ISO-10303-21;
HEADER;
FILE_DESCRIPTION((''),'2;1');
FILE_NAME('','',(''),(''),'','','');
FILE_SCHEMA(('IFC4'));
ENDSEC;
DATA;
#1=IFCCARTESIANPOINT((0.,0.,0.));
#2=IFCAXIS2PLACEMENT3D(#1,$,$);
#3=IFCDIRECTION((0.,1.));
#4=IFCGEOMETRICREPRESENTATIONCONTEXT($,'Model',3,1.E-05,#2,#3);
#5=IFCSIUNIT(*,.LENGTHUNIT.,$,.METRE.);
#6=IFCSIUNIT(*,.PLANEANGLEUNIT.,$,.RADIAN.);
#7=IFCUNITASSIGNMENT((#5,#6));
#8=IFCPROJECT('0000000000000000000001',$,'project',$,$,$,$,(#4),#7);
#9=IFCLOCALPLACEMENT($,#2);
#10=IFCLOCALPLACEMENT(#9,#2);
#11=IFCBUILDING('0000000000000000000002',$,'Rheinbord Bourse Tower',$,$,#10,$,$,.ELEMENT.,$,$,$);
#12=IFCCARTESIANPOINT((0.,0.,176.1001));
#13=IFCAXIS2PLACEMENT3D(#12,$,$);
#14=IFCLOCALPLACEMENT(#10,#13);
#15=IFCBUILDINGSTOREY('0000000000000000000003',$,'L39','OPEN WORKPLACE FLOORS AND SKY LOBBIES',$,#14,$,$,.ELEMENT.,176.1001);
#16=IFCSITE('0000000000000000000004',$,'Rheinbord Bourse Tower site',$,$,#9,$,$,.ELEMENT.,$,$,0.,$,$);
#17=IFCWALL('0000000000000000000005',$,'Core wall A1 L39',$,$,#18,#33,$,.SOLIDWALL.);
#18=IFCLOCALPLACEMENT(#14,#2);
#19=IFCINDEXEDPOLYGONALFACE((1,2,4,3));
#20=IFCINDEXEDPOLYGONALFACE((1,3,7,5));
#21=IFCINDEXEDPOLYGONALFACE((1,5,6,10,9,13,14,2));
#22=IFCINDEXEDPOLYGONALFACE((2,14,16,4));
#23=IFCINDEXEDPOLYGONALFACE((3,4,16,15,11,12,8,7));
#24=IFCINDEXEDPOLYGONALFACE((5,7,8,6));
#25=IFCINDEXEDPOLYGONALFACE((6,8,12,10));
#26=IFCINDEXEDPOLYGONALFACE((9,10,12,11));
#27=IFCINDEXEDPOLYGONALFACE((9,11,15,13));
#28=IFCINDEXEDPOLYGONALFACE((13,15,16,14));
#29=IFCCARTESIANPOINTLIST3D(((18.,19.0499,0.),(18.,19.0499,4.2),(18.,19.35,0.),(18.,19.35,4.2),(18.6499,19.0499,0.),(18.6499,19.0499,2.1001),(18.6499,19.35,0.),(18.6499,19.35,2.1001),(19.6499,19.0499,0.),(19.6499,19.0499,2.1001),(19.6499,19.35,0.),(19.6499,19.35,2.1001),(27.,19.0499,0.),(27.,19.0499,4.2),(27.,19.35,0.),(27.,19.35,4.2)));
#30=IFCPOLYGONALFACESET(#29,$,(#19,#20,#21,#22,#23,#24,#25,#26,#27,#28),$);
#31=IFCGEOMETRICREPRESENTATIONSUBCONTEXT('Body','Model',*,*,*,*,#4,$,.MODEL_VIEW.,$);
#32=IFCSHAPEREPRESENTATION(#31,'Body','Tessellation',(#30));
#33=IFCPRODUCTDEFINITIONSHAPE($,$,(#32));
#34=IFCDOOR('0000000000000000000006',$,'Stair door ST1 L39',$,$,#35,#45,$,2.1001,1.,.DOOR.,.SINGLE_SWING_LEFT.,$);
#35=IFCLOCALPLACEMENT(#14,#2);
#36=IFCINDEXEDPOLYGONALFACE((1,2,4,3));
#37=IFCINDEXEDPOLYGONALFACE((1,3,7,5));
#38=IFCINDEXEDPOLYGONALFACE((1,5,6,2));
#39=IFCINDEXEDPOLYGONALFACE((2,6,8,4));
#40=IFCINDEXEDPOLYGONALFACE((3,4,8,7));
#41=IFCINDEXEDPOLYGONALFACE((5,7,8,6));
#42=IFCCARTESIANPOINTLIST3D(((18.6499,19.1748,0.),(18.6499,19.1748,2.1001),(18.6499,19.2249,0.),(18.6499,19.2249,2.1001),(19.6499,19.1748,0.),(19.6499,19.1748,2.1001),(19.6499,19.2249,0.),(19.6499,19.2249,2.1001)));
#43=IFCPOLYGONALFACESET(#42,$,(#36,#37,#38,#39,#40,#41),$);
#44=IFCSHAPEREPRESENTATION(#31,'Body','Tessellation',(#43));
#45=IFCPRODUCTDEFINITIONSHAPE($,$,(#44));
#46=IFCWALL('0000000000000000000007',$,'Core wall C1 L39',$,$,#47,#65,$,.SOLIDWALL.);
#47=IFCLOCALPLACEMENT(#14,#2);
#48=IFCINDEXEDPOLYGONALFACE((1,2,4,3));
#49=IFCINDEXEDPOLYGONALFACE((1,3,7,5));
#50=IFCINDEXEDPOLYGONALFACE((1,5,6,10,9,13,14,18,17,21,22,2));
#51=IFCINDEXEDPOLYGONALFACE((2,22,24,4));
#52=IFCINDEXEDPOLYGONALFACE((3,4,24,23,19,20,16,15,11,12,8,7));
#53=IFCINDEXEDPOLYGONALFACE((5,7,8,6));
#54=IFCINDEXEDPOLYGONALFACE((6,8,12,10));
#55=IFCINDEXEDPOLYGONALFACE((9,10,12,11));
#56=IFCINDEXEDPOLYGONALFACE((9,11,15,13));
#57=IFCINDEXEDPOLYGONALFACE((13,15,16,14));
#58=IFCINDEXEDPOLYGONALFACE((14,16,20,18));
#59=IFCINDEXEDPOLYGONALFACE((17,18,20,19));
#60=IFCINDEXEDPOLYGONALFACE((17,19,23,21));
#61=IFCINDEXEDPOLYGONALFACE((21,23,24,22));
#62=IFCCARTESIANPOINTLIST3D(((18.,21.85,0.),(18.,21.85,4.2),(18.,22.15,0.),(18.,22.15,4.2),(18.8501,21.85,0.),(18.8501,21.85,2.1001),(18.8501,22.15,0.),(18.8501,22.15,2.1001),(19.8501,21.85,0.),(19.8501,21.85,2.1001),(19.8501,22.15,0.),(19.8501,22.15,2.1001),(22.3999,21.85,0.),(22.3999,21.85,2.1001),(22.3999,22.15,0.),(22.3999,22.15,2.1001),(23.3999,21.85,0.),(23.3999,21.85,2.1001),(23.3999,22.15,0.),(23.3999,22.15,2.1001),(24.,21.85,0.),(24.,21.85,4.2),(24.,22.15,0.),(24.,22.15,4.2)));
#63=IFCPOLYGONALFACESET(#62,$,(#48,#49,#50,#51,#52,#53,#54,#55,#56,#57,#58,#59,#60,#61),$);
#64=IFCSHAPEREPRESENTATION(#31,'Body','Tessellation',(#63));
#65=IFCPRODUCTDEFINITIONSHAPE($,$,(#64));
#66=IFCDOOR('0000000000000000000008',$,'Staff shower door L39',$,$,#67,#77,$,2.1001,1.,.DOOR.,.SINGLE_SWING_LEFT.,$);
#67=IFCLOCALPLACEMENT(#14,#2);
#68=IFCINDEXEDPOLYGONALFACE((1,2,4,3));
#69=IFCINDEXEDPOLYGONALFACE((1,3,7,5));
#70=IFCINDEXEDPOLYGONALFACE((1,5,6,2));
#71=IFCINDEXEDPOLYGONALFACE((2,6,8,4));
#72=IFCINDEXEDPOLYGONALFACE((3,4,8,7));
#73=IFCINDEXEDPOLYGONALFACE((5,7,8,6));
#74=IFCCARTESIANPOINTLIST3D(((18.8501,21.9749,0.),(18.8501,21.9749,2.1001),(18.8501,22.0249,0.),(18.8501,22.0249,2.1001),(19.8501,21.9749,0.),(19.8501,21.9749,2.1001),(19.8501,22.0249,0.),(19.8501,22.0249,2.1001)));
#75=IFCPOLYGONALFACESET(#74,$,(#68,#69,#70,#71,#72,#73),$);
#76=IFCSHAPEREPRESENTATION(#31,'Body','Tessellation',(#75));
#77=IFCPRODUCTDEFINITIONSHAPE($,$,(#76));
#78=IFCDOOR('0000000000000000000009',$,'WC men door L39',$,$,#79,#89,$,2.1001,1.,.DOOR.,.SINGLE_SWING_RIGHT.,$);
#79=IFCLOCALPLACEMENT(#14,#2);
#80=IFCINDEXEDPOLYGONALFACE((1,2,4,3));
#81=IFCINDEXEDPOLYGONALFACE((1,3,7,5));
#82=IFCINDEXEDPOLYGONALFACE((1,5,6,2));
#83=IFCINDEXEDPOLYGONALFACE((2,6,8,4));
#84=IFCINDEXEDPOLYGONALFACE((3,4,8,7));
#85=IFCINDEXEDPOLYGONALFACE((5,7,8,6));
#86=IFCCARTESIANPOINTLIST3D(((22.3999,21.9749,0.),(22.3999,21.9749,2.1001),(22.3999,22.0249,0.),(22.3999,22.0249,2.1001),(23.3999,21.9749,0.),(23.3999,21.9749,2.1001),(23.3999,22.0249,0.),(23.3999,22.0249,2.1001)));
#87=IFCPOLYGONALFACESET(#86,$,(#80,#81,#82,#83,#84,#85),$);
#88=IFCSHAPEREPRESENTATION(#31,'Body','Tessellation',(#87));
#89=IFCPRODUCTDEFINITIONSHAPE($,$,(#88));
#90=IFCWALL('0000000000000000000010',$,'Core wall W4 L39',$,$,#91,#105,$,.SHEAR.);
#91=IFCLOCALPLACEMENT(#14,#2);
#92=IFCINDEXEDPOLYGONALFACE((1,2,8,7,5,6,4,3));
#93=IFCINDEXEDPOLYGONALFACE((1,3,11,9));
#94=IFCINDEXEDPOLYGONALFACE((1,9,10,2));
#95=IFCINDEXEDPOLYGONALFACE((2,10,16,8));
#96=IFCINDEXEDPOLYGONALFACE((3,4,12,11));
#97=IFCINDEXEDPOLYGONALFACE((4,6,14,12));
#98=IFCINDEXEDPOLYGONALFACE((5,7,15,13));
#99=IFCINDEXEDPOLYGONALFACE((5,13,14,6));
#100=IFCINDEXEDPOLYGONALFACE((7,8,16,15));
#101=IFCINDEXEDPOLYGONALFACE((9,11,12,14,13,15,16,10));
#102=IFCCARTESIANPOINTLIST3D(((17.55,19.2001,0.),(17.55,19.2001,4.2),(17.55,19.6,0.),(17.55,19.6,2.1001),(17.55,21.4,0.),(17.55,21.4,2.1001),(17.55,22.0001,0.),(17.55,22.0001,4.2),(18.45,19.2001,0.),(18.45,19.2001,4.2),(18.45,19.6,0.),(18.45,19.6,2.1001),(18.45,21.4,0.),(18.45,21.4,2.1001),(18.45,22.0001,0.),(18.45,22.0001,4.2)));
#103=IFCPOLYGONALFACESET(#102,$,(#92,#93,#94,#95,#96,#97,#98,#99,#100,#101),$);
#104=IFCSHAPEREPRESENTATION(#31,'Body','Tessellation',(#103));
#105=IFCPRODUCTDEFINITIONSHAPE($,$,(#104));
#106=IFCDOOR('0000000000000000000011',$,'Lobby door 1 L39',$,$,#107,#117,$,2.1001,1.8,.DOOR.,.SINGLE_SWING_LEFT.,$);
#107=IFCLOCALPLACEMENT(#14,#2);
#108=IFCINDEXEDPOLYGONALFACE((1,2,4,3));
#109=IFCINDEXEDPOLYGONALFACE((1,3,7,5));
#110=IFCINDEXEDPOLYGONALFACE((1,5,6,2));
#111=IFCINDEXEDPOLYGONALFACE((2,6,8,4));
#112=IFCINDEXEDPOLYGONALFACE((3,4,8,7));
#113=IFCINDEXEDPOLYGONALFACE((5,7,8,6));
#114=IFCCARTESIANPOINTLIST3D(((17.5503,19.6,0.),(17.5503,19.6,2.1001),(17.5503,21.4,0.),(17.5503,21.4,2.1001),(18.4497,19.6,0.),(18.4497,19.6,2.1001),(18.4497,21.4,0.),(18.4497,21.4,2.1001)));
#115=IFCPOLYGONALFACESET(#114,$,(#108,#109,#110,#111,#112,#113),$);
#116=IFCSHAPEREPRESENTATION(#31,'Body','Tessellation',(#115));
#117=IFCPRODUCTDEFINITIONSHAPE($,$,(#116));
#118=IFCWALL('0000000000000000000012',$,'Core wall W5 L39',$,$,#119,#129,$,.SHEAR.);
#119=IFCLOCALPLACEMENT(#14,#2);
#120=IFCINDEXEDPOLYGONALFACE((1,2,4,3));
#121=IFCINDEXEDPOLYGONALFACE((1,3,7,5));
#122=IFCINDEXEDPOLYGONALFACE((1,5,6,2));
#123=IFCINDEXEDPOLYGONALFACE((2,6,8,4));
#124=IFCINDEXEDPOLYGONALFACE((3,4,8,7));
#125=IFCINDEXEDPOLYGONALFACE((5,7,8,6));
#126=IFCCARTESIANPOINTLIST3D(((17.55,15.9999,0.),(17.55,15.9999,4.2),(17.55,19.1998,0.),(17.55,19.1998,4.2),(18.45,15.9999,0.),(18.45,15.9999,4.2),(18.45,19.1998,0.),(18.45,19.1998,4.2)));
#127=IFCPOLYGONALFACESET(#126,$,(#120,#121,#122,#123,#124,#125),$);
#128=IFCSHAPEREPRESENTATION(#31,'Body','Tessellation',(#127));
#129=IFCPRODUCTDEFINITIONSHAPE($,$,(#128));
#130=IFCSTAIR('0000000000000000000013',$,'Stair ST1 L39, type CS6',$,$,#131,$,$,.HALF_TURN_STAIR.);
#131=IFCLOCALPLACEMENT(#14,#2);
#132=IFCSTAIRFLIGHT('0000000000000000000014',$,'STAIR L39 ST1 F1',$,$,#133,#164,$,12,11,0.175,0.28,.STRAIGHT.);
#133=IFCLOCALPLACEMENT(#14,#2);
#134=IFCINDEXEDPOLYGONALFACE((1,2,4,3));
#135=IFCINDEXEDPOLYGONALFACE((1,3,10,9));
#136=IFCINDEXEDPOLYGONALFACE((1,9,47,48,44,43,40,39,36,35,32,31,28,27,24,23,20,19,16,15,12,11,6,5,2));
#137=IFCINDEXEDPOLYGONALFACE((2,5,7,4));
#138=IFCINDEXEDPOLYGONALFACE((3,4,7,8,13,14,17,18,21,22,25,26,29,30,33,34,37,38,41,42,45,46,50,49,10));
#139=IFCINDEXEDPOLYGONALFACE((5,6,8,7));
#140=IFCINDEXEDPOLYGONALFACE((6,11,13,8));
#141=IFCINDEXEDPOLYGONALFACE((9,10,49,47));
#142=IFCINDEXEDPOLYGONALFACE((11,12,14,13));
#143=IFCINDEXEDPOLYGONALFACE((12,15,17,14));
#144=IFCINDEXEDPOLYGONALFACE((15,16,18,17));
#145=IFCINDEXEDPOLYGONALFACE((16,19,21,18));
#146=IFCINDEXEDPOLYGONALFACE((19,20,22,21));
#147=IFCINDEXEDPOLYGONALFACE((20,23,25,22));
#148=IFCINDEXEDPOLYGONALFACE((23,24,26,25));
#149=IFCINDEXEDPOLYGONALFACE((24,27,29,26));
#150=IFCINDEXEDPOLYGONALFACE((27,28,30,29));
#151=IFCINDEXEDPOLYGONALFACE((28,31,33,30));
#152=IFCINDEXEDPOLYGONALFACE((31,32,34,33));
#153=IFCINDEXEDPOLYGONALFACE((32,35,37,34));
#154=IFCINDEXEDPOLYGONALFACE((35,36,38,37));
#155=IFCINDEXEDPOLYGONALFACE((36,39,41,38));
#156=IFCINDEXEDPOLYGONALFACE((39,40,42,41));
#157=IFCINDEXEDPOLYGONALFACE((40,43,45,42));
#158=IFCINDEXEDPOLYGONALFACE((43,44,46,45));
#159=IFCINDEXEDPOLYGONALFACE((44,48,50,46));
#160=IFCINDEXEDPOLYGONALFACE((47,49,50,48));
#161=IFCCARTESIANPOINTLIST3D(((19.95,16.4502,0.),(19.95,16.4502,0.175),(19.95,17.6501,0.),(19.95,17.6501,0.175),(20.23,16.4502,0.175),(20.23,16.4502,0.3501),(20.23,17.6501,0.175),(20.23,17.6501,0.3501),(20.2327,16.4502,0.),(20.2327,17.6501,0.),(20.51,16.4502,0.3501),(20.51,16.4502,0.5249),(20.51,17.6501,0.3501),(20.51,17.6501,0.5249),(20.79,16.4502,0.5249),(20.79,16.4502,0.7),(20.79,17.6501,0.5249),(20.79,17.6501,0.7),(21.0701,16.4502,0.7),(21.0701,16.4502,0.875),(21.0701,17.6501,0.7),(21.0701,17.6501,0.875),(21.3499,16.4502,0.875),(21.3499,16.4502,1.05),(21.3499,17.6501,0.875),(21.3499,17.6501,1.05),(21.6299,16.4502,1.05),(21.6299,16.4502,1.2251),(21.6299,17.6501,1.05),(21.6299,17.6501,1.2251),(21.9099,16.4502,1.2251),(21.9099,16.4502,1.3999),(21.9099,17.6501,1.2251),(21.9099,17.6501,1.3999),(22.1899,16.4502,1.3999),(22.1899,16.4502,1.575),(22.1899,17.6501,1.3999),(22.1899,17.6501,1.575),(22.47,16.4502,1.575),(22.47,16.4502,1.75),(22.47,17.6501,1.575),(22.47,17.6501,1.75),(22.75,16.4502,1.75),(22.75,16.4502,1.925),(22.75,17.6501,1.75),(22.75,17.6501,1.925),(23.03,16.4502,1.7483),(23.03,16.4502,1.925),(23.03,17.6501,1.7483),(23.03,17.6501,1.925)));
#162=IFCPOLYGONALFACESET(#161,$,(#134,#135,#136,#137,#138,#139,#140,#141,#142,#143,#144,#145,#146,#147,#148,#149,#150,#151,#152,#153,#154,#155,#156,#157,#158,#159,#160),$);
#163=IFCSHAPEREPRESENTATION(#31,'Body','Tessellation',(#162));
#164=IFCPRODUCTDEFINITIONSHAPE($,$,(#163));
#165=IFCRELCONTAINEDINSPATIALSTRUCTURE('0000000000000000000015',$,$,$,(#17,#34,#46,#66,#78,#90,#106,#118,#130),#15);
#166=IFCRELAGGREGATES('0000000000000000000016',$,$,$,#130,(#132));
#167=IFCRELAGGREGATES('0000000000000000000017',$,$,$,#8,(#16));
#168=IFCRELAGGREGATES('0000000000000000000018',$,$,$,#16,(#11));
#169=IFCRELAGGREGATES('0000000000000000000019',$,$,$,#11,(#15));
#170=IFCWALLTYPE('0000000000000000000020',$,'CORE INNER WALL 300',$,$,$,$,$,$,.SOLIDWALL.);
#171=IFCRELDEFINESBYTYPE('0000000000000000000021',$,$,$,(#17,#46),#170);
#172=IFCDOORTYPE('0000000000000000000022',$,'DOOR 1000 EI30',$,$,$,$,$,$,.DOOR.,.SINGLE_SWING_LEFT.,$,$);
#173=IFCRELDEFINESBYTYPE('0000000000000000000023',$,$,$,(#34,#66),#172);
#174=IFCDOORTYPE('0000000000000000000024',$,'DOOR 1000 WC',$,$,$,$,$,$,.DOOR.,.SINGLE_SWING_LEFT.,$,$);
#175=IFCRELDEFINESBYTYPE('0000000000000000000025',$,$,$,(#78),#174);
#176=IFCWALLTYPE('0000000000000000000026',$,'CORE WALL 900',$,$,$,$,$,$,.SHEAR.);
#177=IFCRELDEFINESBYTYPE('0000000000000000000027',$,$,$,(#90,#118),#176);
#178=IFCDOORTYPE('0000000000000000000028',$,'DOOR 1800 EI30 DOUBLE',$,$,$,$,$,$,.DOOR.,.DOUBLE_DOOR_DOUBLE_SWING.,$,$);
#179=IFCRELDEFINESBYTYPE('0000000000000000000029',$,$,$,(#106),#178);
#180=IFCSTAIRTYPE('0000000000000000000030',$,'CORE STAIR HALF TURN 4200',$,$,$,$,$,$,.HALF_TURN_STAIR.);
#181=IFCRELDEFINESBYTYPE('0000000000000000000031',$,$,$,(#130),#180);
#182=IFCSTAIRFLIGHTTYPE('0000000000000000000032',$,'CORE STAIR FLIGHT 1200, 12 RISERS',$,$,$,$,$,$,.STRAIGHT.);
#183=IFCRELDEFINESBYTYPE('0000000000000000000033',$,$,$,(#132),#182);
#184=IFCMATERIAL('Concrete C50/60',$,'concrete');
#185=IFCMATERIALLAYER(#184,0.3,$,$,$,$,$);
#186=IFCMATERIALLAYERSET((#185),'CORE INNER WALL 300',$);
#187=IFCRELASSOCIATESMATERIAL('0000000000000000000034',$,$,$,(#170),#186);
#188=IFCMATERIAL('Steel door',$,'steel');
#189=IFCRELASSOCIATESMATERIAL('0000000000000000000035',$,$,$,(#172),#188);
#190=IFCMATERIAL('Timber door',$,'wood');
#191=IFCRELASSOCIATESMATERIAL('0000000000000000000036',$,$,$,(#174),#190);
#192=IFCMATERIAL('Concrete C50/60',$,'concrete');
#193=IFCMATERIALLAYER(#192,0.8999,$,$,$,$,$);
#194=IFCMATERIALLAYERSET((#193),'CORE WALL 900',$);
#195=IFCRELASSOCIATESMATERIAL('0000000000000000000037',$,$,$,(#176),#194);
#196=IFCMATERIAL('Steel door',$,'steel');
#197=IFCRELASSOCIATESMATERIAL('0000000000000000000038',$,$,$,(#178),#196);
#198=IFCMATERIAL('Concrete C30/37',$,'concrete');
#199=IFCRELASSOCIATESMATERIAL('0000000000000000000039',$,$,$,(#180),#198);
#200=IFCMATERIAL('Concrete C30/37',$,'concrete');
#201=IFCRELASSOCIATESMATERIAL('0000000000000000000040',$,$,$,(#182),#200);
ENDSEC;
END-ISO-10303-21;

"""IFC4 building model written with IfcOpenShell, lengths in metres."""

from ifc_helpers import new_model, si_unit, direction, frame, frame_2d, origin, place, context, subcontext, project, spatial, polyline, rectangle, outline, extrude, material, layer, layer_set, type_object, element, fill, aggregate, save


model = new_model("IFC4")

# Units and contexts
model_context = context("Model", 3, precision=1e-05, world=origin(), true_north=direction((0.0, 1.0)))
body_context = subcontext(model_context, "Body", "Model", "MODEL_VIEW")
ifc_project = project(units=[si_unit("LENGTHUNIT", "METRE"), si_unit("PLANEANGLEUNIT", "RADIAN")], contexts=[model_context])

# Site, building, storey
site_placement = place(None, origin())
site = spatial("IfcSite", under=ifc_project, at=site_placement, Name="Rheinbord Bourse Tower site", CompositionType="ELEMENT", RefElevation=0.0)
building_placement = place(site_placement, origin())
building = spatial("IfcBuilding", under=site, at=building_placement, Name="Rheinbord Bourse Tower", CompositionType="ELEMENT")
storey_placement = place(building_placement, frame((0.0, 0.0, 176.1001)))
storey = spatial("IfcBuildingStorey", under=building, at=storey_placement, Name="L39", Description="OPEN WORKPLACE FLOORS AND SKY LOBBIES", CompositionType="ELEMENT", Elevation=176.1001)

# Wall, opening, door
ifc_material_1 = material(Name="Concrete C50/60", Category="concrete")
ifc_layer_1 = layer(ifc_material_1, 0.3)
ifc_layer_set_1 = layer_set([ifc_layer_1], Name="CORE INNER WALL 300")
wall_type_1 = type_object("IfcWallType", Name="CORE INNER WALL 300", PredefinedType="SOLIDWALL", material=ifc_layer_set_1)
wall_1_placement = place(storey_placement, frame((18.0, 19.2, 0.0), z_axis=(0.0, 0.0, 1.0), x_axis=(1.0, 0.0, 0.0)))
wall_1 = element("IfcWall", 1, at=wall_1_placement, inside=storey, type_object=wall_type_1, Name="Core wall A1 L39", PredefinedType="SOLIDWALL", context=body_context, shape_type="SweptSolid", body=[
    extrude(rectangle(XDim=9.0, YDim=0.3, at=frame_2d((4.5, 0.0))), origin(), (0.0, 0.0, 1.0), 4.2),
])
opening_1_placement = place(wall_1_placement, frame((0.6499, 0.0, 0.0)))
opening_1 = element("IfcOpeningElement", 2, at=opening_1_placement, cuts=wall_1, PredefinedType="OPENING", context=body_context, shape_type="SweptSolid", body=[
    extrude(rectangle(XDim=1.0, YDim=2.1001, at=frame_2d((0.5, 1.05))), frame((0.0, 0.1599, 0.0), z_axis=(0.0, -1.0, 0.0), x_axis=(1.0, 0.0, 0.0)), (0.0, 0.0, 1.0), 0.3201),
])
ifc_material_2 = material(Name="Steel door", Category="steel")
door_type_1 = type_object("IfcDoorType", Name="DOOR 1000 EI30", OperationType="SINGLE_SWING_LEFT", PredefinedType="DOOR", material=ifc_material_2)
door_1_placement = place(opening_1_placement, origin())
door_1 = element("IfcDoor", 3, at=door_1_placement, inside=storey, type_object=door_type_1, Name="Stair door ST1 L39", OperationType="SINGLE_SWING_LEFT", OverallHeight=2.1001, OverallWidth=1.0, PredefinedType="DOOR", context=body_context, shape_type="SweptSolid", body=[
    extrude(rectangle(XDim=1.0, YDim=2.1001, at=frame_2d((0.5, 1.05))), frame((0.0, 0.0249, 0.0), z_axis=(0.0, -1.0, 0.0), x_axis=(1.0, 0.0, 0.0)), (0.0, 0.0, 1.0), 0.05),
])
fill(opening_1, door_1)

# Wall, openings, doors
wall_2_placement = place(storey_placement, frame((18.0, 22.0, 0.0), z_axis=(0.0, 0.0, 1.0), x_axis=(1.0, 0.0, 0.0)))
wall_2 = element("IfcWall", 4, at=wall_2_placement, inside=storey, type_object=wall_type_1, Name="Core wall C1 L39", PredefinedType="SOLIDWALL", context=body_context, shape_type="SweptSolid", body=[
    extrude(rectangle(XDim=6.0, YDim=0.3, at=frame_2d((3.0, 0.0))), origin(), (0.0, 0.0, 1.0), 4.2),
])
opening_2_placement = place(wall_2_placement, frame((4.3999, 0.0, 0.0)))
opening_2 = element("IfcOpeningElement", 5, at=opening_2_placement, cuts=wall_2, PredefinedType="OPENING", context=body_context, shape_type="SweptSolid", body=[
    extrude(rectangle(XDim=1.0, YDim=2.1001, at=frame_2d((0.5, 1.05))), frame((0.0, 0.1599, 0.0), z_axis=(0.0, -1.0, 0.0), x_axis=(1.0, 0.0, 0.0)), (0.0, 0.0, 1.0), 0.3201),
])
opening_3_placement = place(wall_2_placement, frame((0.8501, 0.0, 0.0)))
opening_3 = element("IfcOpeningElement", 6, at=opening_3_placement, cuts=wall_2, PredefinedType="OPENING", context=body_context, shape_type="SweptSolid", body=[
    extrude(rectangle(XDim=1.0, YDim=2.1001, at=frame_2d((0.5, 1.05))), frame((0.0, 0.1599, 0.0), z_axis=(0.0, -1.0, 0.0), x_axis=(1.0, 0.0, 0.0)), (0.0, 0.0, 1.0), 0.3201),
])
door_2_placement = place(opening_3_placement, origin())
door_2 = element("IfcDoor", 7, at=door_2_placement, inside=storey, type_object=door_type_1, Name="Staff shower door L39", OperationType="SINGLE_SWING_LEFT", OverallHeight=2.1001, OverallWidth=1.0, PredefinedType="DOOR", context=body_context, shape_type="SweptSolid", body=[
    extrude(rectangle(XDim=1.0, YDim=2.1001, at=frame_2d((0.5, 1.05))), frame((0.0, 0.0249, 0.0), z_axis=(0.0, -1.0, 0.0), x_axis=(1.0, 0.0, 0.0)), (0.0, 0.0, 1.0), 0.05),
])
fill(opening_3, door_2)
ifc_material_3 = material(Name="Timber door", Category="wood")
door_type_2 = type_object("IfcDoorType", Name="DOOR 1000 WC", OperationType="SINGLE_SWING_LEFT", PredefinedType="DOOR", material=ifc_material_3)
door_3_placement = place(opening_2_placement, origin())
door_3 = element("IfcDoor", 8, at=door_3_placement, inside=storey, type_object=door_type_2, Name="WC men door L39", OperationType="SINGLE_SWING_RIGHT", OverallHeight=2.1001, OverallWidth=1.0, PredefinedType="DOOR", context=body_context, shape_type="SweptSolid", body=[
    extrude(rectangle(XDim=1.0, YDim=2.1001, at=frame_2d((0.5, 1.05))), frame((0.0, 0.0249, 0.0), z_axis=(0.0, -1.0, 0.0), x_axis=(1.0, 0.0, 0.0)), (0.0, 0.0, 1.0), 0.05),
])
fill(opening_2, door_3)

# Wall, opening, door
ifc_material_4 = material(Name="Concrete C50/60", Category="concrete")
ifc_layer_2 = layer(ifc_material_4, 0.8999)
ifc_layer_set_2 = layer_set([ifc_layer_2], Name="CORE WALL 900")
wall_type_2 = type_object("IfcWallType", Name="CORE WALL 900", PredefinedType="SHEAR", material=ifc_layer_set_2)
wall_3_placement = place(storey_placement, frame((18.0, 22.0, 0.0), z_axis=(0.0, 0.0, 1.0), x_axis=(0.0, -1.0, 0.0)))
wall_3 = element("IfcWall", 9, at=wall_3_placement, inside=storey, type_object=wall_type_2, Name="Core wall W4 L39", PredefinedType="SHEAR", context=body_context, shape_type="SweptSolid", body=[
    extrude(rectangle(XDim=2.8, YDim=0.8999, at=frame_2d((1.3999, 0.0))), origin(), (0.0, 0.0, 1.0), 4.2),
])
opening_4_placement = place(wall_3_placement, frame((0.6001, 0.0, 0.0)))
opening_4 = element("IfcOpeningElement", 10, at=opening_4_placement, cuts=wall_3, PredefinedType="OPENING", context=body_context, shape_type="SweptSolid", body=[
    extrude(rectangle(XDim=1.8, YDim=2.1001, at=frame_2d((0.8999, 1.05))), frame((0.0, 0.46, 0.0), z_axis=(0.0, -1.0, 0.0), x_axis=(1.0, 0.0, 0.0)), (0.0, 0.0, 1.0), 0.9199),
])
ifc_material_5 = material(Name="Steel door", Category="steel")
door_type_3 = type_object("IfcDoorType", Name="DOOR 1800 EI30 DOUBLE", OperationType="DOUBLE_DOOR_DOUBLE_SWING", PredefinedType="DOOR", material=ifc_material_5)
door_4_placement = place(opening_4_placement, origin())
door_4 = element("IfcDoor", 11, at=door_4_placement, inside=storey, type_object=door_type_3, Name="Lobby door 1 L39", OperationType="SINGLE_SWING_LEFT", OverallHeight=2.1001, OverallWidth=1.8, PredefinedType="DOOR", context=body_context, shape_type="SweptSolid", body=[
    extrude(rectangle(XDim=1.8, YDim=2.1001, at=frame_2d((0.8999, 1.05))), frame((0.0, 0.4497, 0.0), z_axis=(0.0, -1.0, 0.0), x_axis=(1.0, 0.0, 0.0)), (0.0, 0.0, 1.0), 0.8994),
])
fill(opening_4, door_4)

# Wall
wall_4_placement = place(storey_placement, frame((18.0, 19.2, 0.0), z_axis=(0.0, 0.0, 1.0), x_axis=(0.0, -1.0, 0.0)))
element("IfcWall", 12, at=wall_4_placement, inside=storey, type_object=wall_type_2, Name="Core wall W5 L39", PredefinedType="SHEAR", context=body_context, shape_type="SweptSolid", body=[
    extrude(rectangle(XDim=3.2, YDim=0.8999, at=frame_2d((1.6001, 0.0))), origin(), (0.0, 0.0, 1.0), 4.2),
])

# Stair, stair flight
ifc_material_6 = material(Name="Concrete C30/37", Category="concrete")
stair_type = type_object("IfcStairType", Name="CORE STAIR HALF TURN 4200", PredefinedType="HALF_TURN_STAIR", material=ifc_material_6)
stair_placement = place(storey_placement, origin())
stair = element("IfcStair", 13, at=stair_placement, inside=storey, type_object=stair_type, Name="Stair ST1 L39, type CS6", PredefinedType="HALF_TURN_STAIR")
ifc_material_7 = material(Name="Concrete C30/37", Category="concrete")
stair_flight_type = type_object("IfcStairFlightType", Name="CORE STAIR FLIGHT 1200, 12 RISERS", PredefinedType="STRAIGHT", material=ifc_material_7)
stair_flight_1_placement = place(storey_placement, frame((19.95, 17.05, 0.0), z_axis=(0.0, 0.0, 1.0), x_axis=(1.0, 0.0, 0.0)))
stair_flight_1 = element("IfcStairFlight", 14, at=stair_flight_1_placement, type_object=stair_flight_type, Name="STAIR L39 ST1 F1", NumberOfRisers=12, NumberOfTreads=11, PredefinedType="STRAIGHT", RiserHeight=0.175, TreadLength=0.28, context=body_context, shape_type="SweptSolid", body=[
    extrude(outline(polyline([(0.0, 0.0), (0.0, 0.175), (0.28, 0.175), (0.28, 0.3501), (0.5601, 0.3501), (0.5601, 0.5249), (0.8401, 0.5249), (0.8401, 0.7), (1.1201, 0.7), (1.1201, 0.875), (1.3999, 0.875), (1.3999, 1.05), (1.6799, 1.05), (1.6799, 1.2251), (1.96, 1.2251), (1.96, 1.3999), (2.24, 1.3999), (2.24, 1.575), (2.52, 1.575), (2.52, 1.75), (2.8, 1.75), (2.8, 1.925), (3.0801, 1.925), (3.0801, 2.1001), (3.0801, 1.7483), (0.2827, 0.0), (0.0, 0.0)])), frame((0.0, 0.6001, 0.0), z_axis=(0.0, -1.0, 0.0), x_axis=(1.0, 0.0, 0.0)), (0.0, 0.0, 1.0), 1.2),
])
aggregate(stair, [stair_flight_1])

save(model, "model.ifc")
